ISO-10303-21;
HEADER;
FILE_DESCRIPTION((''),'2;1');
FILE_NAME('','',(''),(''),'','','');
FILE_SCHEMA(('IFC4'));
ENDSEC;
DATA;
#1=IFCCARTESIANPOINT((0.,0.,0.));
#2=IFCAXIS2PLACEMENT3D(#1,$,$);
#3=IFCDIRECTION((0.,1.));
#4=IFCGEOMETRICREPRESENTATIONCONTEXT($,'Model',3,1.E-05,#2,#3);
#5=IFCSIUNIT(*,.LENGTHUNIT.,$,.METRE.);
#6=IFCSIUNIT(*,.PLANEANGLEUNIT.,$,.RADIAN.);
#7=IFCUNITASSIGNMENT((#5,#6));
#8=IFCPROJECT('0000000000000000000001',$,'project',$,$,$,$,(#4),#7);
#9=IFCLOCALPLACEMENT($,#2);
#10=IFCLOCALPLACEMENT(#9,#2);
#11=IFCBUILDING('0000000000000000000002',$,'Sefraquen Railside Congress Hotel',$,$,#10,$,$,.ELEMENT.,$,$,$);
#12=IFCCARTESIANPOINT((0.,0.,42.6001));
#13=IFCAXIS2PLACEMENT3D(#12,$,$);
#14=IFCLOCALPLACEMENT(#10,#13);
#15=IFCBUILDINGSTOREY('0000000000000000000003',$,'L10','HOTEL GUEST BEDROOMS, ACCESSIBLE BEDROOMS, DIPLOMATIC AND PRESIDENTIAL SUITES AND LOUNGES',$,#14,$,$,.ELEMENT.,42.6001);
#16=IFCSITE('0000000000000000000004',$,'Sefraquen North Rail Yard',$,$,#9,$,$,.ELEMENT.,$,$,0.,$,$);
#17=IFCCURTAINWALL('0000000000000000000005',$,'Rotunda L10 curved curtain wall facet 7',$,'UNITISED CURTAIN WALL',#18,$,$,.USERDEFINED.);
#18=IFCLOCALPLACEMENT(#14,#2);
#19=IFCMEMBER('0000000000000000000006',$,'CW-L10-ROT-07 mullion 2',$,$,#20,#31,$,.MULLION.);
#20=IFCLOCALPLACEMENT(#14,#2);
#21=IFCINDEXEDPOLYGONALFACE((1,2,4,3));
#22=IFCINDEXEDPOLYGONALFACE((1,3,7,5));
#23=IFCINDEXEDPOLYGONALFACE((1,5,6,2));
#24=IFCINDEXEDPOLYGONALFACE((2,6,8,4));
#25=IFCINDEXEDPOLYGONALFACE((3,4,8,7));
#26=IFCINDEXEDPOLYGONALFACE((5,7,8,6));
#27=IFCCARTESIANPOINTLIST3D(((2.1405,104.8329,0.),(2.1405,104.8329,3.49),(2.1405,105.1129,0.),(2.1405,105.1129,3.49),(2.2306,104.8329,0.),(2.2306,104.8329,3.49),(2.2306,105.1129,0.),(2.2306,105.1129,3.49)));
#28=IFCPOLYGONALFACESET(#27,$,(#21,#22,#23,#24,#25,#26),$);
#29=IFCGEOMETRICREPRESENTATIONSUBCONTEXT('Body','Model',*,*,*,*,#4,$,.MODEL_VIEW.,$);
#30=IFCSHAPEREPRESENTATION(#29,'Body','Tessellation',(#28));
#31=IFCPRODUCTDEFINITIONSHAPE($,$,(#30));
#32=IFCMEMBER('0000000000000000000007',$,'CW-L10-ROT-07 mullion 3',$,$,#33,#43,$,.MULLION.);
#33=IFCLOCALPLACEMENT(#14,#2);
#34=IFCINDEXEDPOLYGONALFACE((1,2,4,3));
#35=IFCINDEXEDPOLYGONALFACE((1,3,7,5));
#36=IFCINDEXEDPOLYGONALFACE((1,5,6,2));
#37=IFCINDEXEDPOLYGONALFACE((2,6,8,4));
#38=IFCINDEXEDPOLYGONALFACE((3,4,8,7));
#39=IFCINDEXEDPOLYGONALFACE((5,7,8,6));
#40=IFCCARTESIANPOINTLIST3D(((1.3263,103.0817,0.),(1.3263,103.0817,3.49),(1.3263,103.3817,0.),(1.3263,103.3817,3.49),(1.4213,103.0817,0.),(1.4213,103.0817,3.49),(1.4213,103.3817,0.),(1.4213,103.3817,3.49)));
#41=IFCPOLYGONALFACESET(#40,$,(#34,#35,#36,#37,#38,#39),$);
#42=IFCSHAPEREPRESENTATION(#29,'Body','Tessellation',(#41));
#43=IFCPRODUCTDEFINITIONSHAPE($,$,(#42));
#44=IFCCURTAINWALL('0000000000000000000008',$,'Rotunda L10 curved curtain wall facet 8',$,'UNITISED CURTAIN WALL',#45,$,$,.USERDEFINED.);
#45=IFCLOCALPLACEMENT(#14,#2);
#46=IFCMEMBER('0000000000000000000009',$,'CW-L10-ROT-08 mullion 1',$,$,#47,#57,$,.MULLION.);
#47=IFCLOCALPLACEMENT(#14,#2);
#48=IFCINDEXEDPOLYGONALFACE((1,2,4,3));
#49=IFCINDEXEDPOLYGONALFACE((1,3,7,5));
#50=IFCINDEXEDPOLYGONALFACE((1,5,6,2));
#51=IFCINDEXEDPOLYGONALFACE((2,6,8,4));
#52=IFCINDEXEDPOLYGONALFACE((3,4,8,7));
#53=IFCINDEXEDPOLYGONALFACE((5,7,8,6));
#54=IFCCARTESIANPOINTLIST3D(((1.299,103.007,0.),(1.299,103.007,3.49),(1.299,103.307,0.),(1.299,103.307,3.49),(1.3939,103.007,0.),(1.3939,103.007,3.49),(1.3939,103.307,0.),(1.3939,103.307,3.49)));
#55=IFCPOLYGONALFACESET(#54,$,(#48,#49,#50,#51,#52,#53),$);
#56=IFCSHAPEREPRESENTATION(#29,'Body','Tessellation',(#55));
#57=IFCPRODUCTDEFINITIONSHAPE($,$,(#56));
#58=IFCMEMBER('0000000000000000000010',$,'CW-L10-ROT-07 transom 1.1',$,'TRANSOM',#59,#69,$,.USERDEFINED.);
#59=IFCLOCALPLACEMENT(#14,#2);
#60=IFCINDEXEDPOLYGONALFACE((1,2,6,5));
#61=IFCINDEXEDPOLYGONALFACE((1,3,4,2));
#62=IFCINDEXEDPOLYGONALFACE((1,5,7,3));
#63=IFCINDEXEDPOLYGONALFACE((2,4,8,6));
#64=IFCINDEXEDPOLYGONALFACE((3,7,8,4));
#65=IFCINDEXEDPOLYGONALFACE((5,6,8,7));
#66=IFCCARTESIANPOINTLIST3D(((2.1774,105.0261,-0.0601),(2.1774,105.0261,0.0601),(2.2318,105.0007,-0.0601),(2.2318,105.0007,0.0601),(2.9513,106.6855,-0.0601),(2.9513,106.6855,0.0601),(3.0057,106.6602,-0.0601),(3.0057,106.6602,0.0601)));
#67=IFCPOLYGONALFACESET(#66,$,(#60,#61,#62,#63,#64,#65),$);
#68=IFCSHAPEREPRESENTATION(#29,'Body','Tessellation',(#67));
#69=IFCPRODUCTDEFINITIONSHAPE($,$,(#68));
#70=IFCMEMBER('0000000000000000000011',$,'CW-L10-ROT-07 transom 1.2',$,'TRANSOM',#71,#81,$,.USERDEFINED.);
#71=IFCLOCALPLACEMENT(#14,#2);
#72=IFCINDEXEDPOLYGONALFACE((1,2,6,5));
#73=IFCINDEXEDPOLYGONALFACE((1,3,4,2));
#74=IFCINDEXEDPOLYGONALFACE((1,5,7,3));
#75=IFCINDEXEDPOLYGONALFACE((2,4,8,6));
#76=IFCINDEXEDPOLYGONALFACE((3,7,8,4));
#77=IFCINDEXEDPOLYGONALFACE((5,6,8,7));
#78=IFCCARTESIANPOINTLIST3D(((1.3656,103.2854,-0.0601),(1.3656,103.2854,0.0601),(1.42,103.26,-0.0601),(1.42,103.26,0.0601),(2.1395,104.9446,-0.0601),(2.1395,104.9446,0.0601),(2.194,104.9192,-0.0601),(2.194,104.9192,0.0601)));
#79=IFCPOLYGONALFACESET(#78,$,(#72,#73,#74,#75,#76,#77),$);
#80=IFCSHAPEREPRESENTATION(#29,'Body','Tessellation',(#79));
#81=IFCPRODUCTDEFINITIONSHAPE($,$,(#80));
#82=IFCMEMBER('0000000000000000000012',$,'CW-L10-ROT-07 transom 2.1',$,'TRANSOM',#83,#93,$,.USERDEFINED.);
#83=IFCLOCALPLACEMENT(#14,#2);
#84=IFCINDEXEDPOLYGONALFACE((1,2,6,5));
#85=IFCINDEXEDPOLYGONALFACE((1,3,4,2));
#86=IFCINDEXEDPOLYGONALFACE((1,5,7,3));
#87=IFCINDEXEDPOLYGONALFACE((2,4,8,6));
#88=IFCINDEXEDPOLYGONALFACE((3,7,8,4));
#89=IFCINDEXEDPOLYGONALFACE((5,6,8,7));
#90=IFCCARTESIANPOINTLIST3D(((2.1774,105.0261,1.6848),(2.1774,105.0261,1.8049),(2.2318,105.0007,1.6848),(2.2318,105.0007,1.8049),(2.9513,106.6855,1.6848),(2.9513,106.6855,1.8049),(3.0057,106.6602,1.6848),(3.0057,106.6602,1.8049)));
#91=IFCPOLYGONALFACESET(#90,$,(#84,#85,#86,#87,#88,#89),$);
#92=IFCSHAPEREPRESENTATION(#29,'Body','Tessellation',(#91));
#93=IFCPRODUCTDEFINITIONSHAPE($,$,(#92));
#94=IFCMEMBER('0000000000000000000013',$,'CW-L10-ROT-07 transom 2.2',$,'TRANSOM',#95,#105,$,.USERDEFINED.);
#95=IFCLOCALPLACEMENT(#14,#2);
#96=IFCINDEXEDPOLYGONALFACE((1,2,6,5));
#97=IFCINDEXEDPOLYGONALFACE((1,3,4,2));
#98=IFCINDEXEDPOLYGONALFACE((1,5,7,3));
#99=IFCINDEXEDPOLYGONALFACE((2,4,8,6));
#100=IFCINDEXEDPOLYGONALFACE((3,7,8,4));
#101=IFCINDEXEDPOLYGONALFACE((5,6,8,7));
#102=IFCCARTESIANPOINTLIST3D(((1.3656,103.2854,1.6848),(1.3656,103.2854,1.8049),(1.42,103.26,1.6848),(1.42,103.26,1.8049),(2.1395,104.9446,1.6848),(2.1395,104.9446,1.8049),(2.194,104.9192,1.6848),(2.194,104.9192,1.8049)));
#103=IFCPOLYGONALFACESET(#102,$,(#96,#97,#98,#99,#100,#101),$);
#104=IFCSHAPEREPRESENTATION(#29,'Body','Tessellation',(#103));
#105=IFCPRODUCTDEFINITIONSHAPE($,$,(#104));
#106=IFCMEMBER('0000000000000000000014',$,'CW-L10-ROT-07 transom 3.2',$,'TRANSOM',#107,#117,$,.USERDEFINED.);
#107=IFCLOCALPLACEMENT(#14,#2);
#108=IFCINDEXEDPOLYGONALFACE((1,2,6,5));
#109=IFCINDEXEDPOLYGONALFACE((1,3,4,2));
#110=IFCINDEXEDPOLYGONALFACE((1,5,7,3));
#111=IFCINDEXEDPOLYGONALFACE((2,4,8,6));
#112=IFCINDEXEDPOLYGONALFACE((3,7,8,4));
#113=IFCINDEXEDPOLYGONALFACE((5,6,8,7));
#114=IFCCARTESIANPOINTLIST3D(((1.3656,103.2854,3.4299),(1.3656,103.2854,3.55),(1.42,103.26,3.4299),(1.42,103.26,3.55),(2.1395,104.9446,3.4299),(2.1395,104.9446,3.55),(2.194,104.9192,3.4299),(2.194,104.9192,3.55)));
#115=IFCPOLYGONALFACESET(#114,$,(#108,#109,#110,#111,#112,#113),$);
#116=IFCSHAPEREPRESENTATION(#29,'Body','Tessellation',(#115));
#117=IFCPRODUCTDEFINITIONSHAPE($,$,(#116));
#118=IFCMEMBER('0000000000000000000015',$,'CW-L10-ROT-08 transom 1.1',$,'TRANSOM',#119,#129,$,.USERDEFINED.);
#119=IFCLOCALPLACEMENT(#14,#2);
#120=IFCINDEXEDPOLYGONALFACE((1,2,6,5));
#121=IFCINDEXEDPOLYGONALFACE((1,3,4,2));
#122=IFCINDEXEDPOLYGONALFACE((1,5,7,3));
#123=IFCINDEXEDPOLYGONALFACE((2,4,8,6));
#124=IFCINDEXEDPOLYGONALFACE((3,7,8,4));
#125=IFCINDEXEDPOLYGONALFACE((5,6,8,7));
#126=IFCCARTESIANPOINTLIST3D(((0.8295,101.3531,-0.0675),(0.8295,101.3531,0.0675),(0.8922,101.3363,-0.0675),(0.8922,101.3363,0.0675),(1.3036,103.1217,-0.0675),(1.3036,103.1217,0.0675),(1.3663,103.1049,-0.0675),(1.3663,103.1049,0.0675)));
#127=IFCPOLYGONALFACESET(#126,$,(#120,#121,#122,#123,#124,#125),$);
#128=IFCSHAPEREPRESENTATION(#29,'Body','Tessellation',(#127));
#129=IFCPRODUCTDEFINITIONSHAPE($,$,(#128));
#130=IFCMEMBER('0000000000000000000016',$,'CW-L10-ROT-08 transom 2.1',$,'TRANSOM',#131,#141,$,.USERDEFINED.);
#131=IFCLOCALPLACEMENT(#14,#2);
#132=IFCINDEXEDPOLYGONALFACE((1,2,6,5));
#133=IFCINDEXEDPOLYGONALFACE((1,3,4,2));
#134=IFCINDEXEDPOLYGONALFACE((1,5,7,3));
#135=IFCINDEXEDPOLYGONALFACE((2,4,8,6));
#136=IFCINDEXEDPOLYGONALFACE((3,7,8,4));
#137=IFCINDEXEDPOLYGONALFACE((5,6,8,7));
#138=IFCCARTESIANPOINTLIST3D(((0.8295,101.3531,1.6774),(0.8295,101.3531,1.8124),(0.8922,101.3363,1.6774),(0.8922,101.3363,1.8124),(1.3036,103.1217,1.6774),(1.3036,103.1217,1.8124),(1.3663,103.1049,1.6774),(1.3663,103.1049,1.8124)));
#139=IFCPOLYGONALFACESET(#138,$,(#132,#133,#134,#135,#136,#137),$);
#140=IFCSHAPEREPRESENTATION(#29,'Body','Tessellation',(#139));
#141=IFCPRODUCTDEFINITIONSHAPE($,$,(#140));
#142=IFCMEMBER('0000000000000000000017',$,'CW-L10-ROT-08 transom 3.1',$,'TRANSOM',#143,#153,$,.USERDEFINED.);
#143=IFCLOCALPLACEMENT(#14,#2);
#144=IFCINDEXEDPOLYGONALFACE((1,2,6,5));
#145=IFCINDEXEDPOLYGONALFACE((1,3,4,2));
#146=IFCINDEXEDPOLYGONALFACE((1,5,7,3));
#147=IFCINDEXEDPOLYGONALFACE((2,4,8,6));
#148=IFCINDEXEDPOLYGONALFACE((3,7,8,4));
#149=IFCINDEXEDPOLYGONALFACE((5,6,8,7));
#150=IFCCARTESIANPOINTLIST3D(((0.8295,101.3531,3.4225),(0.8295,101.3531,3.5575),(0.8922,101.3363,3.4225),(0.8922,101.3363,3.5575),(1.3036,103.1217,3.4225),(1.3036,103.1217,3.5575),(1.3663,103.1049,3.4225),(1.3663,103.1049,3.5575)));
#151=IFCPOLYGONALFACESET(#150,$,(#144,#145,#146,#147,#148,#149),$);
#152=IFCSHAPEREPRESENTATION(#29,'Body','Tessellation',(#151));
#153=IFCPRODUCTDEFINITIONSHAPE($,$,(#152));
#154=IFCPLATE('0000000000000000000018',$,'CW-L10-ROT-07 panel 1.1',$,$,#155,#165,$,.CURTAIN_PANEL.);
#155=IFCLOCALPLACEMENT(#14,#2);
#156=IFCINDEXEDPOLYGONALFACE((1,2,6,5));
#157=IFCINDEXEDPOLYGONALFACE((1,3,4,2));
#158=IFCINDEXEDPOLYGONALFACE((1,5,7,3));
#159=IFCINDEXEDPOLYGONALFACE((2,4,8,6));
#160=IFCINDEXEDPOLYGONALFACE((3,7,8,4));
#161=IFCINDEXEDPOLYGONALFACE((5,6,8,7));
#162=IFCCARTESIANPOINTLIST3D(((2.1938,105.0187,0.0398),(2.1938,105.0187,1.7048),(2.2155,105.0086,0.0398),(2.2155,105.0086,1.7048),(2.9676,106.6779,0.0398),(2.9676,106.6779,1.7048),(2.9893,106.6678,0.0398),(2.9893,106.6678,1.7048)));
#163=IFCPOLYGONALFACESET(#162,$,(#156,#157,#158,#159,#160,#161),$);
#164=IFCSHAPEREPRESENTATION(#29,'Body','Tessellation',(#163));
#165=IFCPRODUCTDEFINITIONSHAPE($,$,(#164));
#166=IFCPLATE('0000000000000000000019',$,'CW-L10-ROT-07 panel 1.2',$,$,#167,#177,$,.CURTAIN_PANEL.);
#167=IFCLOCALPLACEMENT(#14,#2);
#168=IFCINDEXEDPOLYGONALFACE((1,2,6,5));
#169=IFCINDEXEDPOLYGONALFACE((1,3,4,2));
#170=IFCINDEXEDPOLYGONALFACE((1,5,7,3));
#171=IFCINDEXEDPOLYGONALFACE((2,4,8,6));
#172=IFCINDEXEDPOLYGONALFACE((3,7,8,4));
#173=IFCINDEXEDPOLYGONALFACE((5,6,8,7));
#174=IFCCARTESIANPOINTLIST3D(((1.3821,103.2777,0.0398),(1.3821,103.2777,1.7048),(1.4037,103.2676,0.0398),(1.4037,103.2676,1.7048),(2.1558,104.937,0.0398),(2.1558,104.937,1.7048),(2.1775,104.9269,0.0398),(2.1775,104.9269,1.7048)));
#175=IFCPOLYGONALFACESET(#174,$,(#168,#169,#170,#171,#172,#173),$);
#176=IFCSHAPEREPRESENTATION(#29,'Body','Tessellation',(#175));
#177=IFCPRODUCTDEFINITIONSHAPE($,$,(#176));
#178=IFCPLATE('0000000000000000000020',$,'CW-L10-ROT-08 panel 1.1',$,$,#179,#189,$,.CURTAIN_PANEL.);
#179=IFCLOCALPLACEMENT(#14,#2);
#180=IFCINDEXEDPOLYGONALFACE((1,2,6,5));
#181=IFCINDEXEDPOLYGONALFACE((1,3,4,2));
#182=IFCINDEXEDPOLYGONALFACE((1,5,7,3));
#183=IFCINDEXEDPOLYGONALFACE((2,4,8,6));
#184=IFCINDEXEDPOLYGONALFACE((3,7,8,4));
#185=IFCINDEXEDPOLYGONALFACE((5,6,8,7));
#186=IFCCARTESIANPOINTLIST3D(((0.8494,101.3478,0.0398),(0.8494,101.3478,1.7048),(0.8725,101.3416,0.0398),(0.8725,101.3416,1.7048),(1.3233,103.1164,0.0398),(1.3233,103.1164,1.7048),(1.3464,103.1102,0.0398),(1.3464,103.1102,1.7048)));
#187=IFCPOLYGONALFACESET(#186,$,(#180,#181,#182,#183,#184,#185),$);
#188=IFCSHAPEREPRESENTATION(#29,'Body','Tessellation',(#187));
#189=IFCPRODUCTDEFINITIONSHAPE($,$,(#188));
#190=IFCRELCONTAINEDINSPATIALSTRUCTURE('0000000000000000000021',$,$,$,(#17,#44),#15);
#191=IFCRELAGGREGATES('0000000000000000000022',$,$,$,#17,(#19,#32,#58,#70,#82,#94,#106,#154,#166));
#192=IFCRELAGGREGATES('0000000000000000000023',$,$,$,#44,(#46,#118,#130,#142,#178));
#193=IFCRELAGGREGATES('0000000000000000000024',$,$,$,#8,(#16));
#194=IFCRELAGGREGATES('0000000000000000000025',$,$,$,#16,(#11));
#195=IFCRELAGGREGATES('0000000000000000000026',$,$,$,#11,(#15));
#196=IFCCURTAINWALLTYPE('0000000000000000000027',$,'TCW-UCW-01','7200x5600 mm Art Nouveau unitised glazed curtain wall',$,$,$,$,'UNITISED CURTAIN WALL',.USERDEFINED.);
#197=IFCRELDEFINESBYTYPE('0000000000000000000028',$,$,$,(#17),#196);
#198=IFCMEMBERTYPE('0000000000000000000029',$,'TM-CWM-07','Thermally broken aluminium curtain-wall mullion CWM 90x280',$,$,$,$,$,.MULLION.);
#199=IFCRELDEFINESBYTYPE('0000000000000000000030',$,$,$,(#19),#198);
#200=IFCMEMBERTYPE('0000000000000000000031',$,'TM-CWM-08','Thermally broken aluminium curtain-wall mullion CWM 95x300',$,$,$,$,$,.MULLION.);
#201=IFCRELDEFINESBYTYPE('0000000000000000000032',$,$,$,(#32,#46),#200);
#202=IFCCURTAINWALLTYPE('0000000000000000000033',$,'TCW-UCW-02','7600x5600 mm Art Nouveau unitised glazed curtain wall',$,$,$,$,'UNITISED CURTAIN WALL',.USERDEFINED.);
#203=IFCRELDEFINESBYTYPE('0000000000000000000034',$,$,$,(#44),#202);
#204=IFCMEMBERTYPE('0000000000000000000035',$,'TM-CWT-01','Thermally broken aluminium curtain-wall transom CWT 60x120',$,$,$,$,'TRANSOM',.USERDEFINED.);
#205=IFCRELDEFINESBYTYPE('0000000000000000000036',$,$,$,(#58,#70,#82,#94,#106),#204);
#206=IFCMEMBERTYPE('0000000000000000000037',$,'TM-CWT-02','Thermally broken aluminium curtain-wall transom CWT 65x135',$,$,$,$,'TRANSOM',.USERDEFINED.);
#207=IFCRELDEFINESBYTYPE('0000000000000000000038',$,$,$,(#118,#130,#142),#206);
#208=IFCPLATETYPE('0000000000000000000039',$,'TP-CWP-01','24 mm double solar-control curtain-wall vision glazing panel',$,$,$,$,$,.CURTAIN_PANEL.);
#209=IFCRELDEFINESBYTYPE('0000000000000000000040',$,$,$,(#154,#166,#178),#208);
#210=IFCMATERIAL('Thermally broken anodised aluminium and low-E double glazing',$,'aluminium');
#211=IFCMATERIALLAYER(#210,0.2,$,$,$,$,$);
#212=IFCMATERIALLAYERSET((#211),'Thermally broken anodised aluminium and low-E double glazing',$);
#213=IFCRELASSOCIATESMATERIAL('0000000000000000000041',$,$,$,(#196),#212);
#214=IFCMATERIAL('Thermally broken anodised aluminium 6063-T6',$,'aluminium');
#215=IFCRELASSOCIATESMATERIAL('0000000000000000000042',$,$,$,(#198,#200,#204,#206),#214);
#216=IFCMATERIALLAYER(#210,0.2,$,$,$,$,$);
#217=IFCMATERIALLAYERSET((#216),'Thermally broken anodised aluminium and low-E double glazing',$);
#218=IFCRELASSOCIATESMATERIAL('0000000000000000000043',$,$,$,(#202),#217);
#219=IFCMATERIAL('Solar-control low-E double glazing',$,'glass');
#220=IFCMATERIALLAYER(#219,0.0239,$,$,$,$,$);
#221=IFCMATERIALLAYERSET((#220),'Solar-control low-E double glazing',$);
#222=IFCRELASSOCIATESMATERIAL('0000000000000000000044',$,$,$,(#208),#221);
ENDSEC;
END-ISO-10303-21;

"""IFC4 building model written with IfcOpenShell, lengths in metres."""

from ifc_helpers import new_model, si_unit, direction, frame, origin, origin_2d, place, context, subcontext, project, spatial, rectangle, extrude, material, layer, layer_set, material_profile, profile_set, type_object, element, aggregate, save


model = new_model("IFC4")

# Units and contexts
model_context = context("Model", 3, precision=1e-05, world=origin(), true_north=direction((0.0, 1.0)))
body_context = subcontext(model_context, "Body", "Model", "MODEL_VIEW")
ifc_project = project(units=[si_unit("LENGTHUNIT", "METRE"), si_unit("PLANEANGLEUNIT", "RADIAN")], contexts=[model_context])

# Site, building, storey
site_placement = place(None, origin())
site = spatial("IfcSite", under=ifc_project, at=site_placement, Name="Sefraquen North Rail Yard", CompositionType="ELEMENT", RefElevation=0.0)
building_placement = place(site_placement, origin())
building = spatial("IfcBuilding", under=site, at=building_placement, Name="Sefraquen Railside Congress Hotel", CompositionType="ELEMENT")
storey_placement = place(building_placement, frame((0.0, 0.0, 42.6001)))
storey = spatial("IfcBuildingStorey", under=building, at=storey_placement, Name="L10", Description="HOTEL GUEST BEDROOMS, ACCESSIBLE BEDROOMS, DIPLOMATIC AND PRESIDENTIAL SUITES AND LOUNGES", CompositionType="ELEMENT", Elevation=42.6001)

# Curtain wall, members
ifc_material_1 = material(Name="Thermally broken anodised aluminium and low-E double glazing", Category="aluminium")
ifc_layer_1 = layer(ifc_material_1, 0.2)
ifc_layer_set_1 = layer_set([ifc_layer_1], Name="Thermally broken anodised aluminium and low-E double glazing")
curtain_wall_type_1 = type_object("IfcCurtainWallType", Name="TCW-UCW-01", Description="7200x5600 mm Art Nouveau unitised glazed curtain wall", ElementType="UNITISED CURTAIN WALL", PredefinedType="USERDEFINED", material=ifc_layer_set_1)
curtain_wall_1_placement = place(storey_placement, origin())
curtain_wall_1 = element("IfcCurtainWall", 1, at=curtain_wall_1_placement, inside=storey, type_object=curtain_wall_type_1, Name="Rotunda L10 curved curtain wall facet 7", ObjectType="UNITISED CURTAIN WALL", PredefinedType="USERDEFINED")
ifc_material_2 = material(Name="Thermally broken anodised aluminium 6063-T6", Category="aluminium")
ifc_material_profile_1 = material_profile(ifc_material_2, rectangle(XDim=0.0901, YDim=0.28, at=origin_2d()), Name="CWM 90x280")
ifc_profile_set_1 = profile_set([ifc_material_profile_1], Name="Thermally broken anodised aluminium 6063-T6")
member_type_1 = type_object("IfcMemberType", Name="TM-CWM-07", Description="Thermally broken aluminium curtain-wall mullion CWM 90x280", PredefinedType="MULLION", material=ifc_profile_set_1)
member_1_placement = place(storey_placement, frame((2.1855, 104.9729, 0.0), z_axis=(0.0, 0.0, 1.0), x_axis=(1.0, 0.0, 0.0)))
member_1 = element("IfcMember", 2, at=member_1_placement, type_object=member_type_1, Name="CW-L10-ROT-07 mullion 2", PredefinedType="MULLION", context=body_context, shape_type="SweptSolid", body=[
    extrude(rectangle(XDim=0.0901, YDim=0.28, at=origin_2d()), origin(), (0.0, 0.0, 1.0), 3.49),
])
ifc_material_profile_2 = material_profile(ifc_material_2, rectangle(XDim=0.095, YDim=0.3, at=origin_2d()), Name="CWM 95x300")
ifc_profile_set_2 = profile_set([ifc_material_profile_2], Name="Thermally broken anodised aluminium 6063-T6")
member_type_2 = type_object("IfcMemberType", Name="TM-CWM-08", Description="Thermally broken aluminium curtain-wall mullion CWM 95x300", PredefinedType="MULLION", material=ifc_profile_set_2)
member_2_placement = place(storey_placement, frame((1.3738, 103.2317, 0.0), z_axis=(0.0, 0.0, 1.0), x_axis=(1.0, 0.0, 0.0)))
member_2 = element("IfcMember", 3, at=member_2_placement, type_object=member_type_2, Name="CW-L10-ROT-07 mullion 3", PredefinedType="MULLION", context=body_context, shape_type="SweptSolid", body=[
    extrude(rectangle(XDim=0.095, YDim=0.3, at=origin_2d()), origin(), (0.0, 0.0, 1.0), 3.49),
])

# Curtain wall, member
ifc_layer_2 = layer(ifc_material_1, 0.2)
ifc_layer_set_2 = layer_set([ifc_layer_2], Name="Thermally broken anodised aluminium and low-E double glazing")
curtain_wall_type_2 = type_object("IfcCurtainWallType", Name="TCW-UCW-02", Description="7600x5600 mm Art Nouveau unitised glazed curtain wall", ElementType="UNITISED CURTAIN WALL", PredefinedType="USERDEFINED", material=ifc_layer_set_2)
curtain_wall_2_placement = place(storey_placement, origin())
curtain_wall_2 = element("IfcCurtainWall", 4, at=curtain_wall_2_placement, inside=storey, type_object=curtain_wall_type_2, Name="Rotunda L10 curved curtain wall facet 8", ObjectType="UNITISED CURTAIN WALL", PredefinedType="USERDEFINED")
member_3_placement = place(storey_placement, frame((1.3464, 103.157, 0.0), z_axis=(0.0, 0.0, 1.0), x_axis=(1.0, 0.0, 0.0)))
member_3 = element("IfcMember", 5, at=member_3_placement, type_object=member_type_2, Name="CW-L10-ROT-08 mullion 1", PredefinedType="MULLION", context=body_context, shape_type="SweptSolid", body=[
    extrude(rectangle(XDim=0.095, YDim=0.3, at=origin_2d()), origin(), (0.0, 0.0, 1.0), 3.49),
])

# Members
ifc_material_profile_3 = material_profile(ifc_material_2, rectangle(XDim=0.0601, YDim=0.1201, at=origin_2d()), Name="CWT 60x120")
ifc_profile_set_3 = profile_set([ifc_material_profile_3], Name="Thermally broken anodised aluminium 6063-T6")
member_type_3 = type_object("IfcMemberType", Name="TM-CWT-01", Description="Thermally broken aluminium curtain-wall transom CWT 60x120", ElementType="TRANSOM", PredefinedType="USERDEFINED", material=ifc_profile_set_3)
member_4_placement = place(storey_placement, frame((2.9785, 106.6729, 0.0), z_axis=(-0.422674, -0.906282, 0.0), x_axis=(0.906282, -0.422674, 0.0)))
member_4 = element("IfcMember", 6, at=member_4_placement, type_object=member_type_3, Name="CW-L10-ROT-07 transom 1.1", ObjectType="TRANSOM", PredefinedType="USERDEFINED", context=body_context, shape_type="SweptSolid", body=[
    extrude(rectangle(XDim=0.0601, YDim=0.1201, at=origin_2d()), origin(), (0.0, 0.0, 1.0), 1.8311),
])
member_5_placement = place(storey_placement, frame((2.1667, 104.9319, 0.0), z_axis=(-0.422725, -0.906258, 0.0), x_axis=(0.906258, -0.422725, 0.0)))
member_5 = element("IfcMember", 7, at=member_5_placement, type_object=member_type_3, Name="CW-L10-ROT-07 transom 1.2", ObjectType="TRANSOM", PredefinedType="USERDEFINED", context=body_context, shape_type="SweptSolid", body=[
    extrude(rectangle(XDim=0.0601, YDim=0.1201, at=origin_2d()), origin(), (0.0, 0.0, 1.0), 1.8308),
])
member_6_placement = place(storey_placement, frame((2.9785, 106.6729, 1.7449), z_axis=(-0.422674, -0.906282, 0.0), x_axis=(0.906282, -0.422674, 0.0)))
member_6 = element("IfcMember", 8, at=member_6_placement, type_object=member_type_3, Name="CW-L10-ROT-07 transom 2.1", ObjectType="TRANSOM", PredefinedType="USERDEFINED", context=body_context, shape_type="SweptSolid", body=[
    extrude(rectangle(XDim=0.0601, YDim=0.1201, at=origin_2d()), origin(), (0.0, 0.0, 1.0), 1.8311),
])
member_7_placement = place(storey_placement, frame((2.1667, 104.9319, 1.7449), z_axis=(-0.422725, -0.906258, 0.0), x_axis=(0.906258, -0.422725, 0.0)))
member_7 = element("IfcMember", 9, at=member_7_placement, type_object=member_type_3, Name="CW-L10-ROT-07 transom 2.2", ObjectType="TRANSOM", PredefinedType="USERDEFINED", context=body_context, shape_type="SweptSolid", body=[
    extrude(rectangle(XDim=0.0601, YDim=0.1201, at=origin_2d()), origin(), (0.0, 0.0, 1.0), 1.8308),
])
member_8_placement = place(storey_placement, frame((2.1667, 104.9319, 3.49), z_axis=(-0.422725, -0.906258, 0.0), x_axis=(0.906258, -0.422725, 0.0)))
member_8 = element("IfcMember", 10, at=member_8_placement, type_object=member_type_3, Name="CW-L10-ROT-07 transom 3.2", ObjectType="TRANSOM", PredefinedType="USERDEFINED", context=body_context, shape_type="SweptSolid", body=[
    extrude(rectangle(XDim=0.0601, YDim=0.1201, at=origin_2d()), origin(), (0.0, 0.0, 1.0), 1.8308),
])
ifc_material_profile_4 = material_profile(ifc_material_2, rectangle(XDim=0.0649, YDim=0.135, at=origin_2d()), Name="CWT 65x135")
ifc_profile_set_4 = profile_set([ifc_material_profile_4], Name="Thermally broken anodised aluminium 6063-T6")
member_type_4 = type_object("IfcMemberType", Name="TM-CWT-02", Description="Thermally broken aluminium curtain-wall transom CWT 65x135", ElementType="TRANSOM", PredefinedType="USERDEFINED", material=ifc_profile_set_4)
member_9_placement = place(storey_placement, frame((1.335, 103.1133, 0.0), z_axis=(-0.25894, -0.965893, 0.0), x_axis=(0.965893, -0.25894, 0.0)))
member_9 = element("IfcMember", 11, at=member_9_placement, type_object=member_type_4, Name="CW-L10-ROT-08 transom 1.1", ObjectType="TRANSOM", PredefinedType="USERDEFINED", context=body_context, shape_type="SweptSolid", body=[
    extrude(rectangle(XDim=0.0649, YDim=0.135, at=origin_2d()), origin(), (0.0, 0.0, 1.0), 1.8311),
])
member_10_placement = place(storey_placement, frame((1.335, 103.1133, 1.7449), z_axis=(-0.25894, -0.965893, 0.0), x_axis=(0.965893, -0.25894, 0.0)))
member_10 = element("IfcMember", 12, at=member_10_placement, type_object=member_type_4, Name="CW-L10-ROT-08 transom 2.1", ObjectType="TRANSOM", PredefinedType="USERDEFINED", context=body_context, shape_type="SweptSolid", body=[
    extrude(rectangle(XDim=0.0649, YDim=0.135, at=origin_2d()), origin(), (0.0, 0.0, 1.0), 1.8311),
])
member_11_placement = place(storey_placement, frame((1.335, 103.1133, 3.49), z_axis=(-0.25894, -0.965893, 0.0), x_axis=(0.965893, -0.25894, 0.0)))
member_11 = element("IfcMember", 13, at=member_11_placement, type_object=member_type_4, Name="CW-L10-ROT-08 transom 3.1", ObjectType="TRANSOM", PredefinedType="USERDEFINED", context=body_context, shape_type="SweptSolid", body=[
    extrude(rectangle(XDim=0.0649, YDim=0.135, at=origin_2d()), origin(), (0.0, 0.0, 1.0), 1.8311),
])

# Plates
ifc_material_3 = material(Name="Solar-control low-E double glazing", Category="glass")
ifc_layer_3 = layer(ifc_material_3, 0.0239)
ifc_layer_set_3 = layer_set([ifc_layer_3], Name="Solar-control low-E double glazing")
plate_type_1 = type_object("IfcPlateType", Name="TP-CWP-01", Description="24 mm double solar-control curtain-wall vision glazing panel", PredefinedType="CURTAIN_PANEL", material=ifc_layer_set_3)
plate_1_placement = place(storey_placement, frame((2.5916, 105.8433, 0.0398), z_axis=(0.0, 0.0, 1.0), x_axis=(-0.422634, -0.9063, 0.0)))
plate_1 = element("IfcPlate", 14, at=plate_1_placement, type_object=plate_type_1, Name="CW-L10-ROT-07 panel 1.1", PredefinedType="CURTAIN_PANEL", context=body_context, shape_type="SweptSolid", body=[
    extrude(rectangle(XDim=1.8308, YDim=0.0239, at=origin_2d()), origin(), (0.0, 0.0, 1.0), 1.665),
])
plate_2_placement = place(storey_placement, frame((1.7798, 104.1023, 0.0398), z_axis=(0.0, 0.0, 1.0), x_axis=(-0.422634, -0.9063, 0.0)))
plate_2 = element("IfcPlate", 15, at=plate_2_placement, type_object=plate_type_1, Name="CW-L10-ROT-07 panel 1.2", PredefinedType="CURTAIN_PANEL", context=body_context, shape_type="SweptSolid", body=[
    extrude(rectangle(XDim=1.8308, YDim=0.0239, at=origin_2d()), origin(), (0.0, 0.0, 1.0), 1.665),
])
plate_3_placement = place(storey_placement, frame((1.0979, 102.229, 0.0398), z_axis=(0.0, 0.0, 1.0), x_axis=(-0.258785, -0.965935, 0.0)))
plate_3 = element("IfcPlate", 16, at=plate_3_placement, type_object=plate_type_1, Name="CW-L10-ROT-08 panel 1.1", PredefinedType="CURTAIN_PANEL", context=body_context, shape_type="SweptSolid", body=[
    extrude(rectangle(XDim=1.8311, YDim=0.0239, at=origin_2d()), origin(), (0.0, 0.0, 1.0), 1.665),
])
aggregate(curtain_wall_1, [member_1, member_2, member_4, member_5, member_6, member_7, member_8, plate_1, plate_2])
aggregate(curtain_wall_2, [member_3, member_9, member_10, member_11, plate_3])

save(model, "model.ifc")
